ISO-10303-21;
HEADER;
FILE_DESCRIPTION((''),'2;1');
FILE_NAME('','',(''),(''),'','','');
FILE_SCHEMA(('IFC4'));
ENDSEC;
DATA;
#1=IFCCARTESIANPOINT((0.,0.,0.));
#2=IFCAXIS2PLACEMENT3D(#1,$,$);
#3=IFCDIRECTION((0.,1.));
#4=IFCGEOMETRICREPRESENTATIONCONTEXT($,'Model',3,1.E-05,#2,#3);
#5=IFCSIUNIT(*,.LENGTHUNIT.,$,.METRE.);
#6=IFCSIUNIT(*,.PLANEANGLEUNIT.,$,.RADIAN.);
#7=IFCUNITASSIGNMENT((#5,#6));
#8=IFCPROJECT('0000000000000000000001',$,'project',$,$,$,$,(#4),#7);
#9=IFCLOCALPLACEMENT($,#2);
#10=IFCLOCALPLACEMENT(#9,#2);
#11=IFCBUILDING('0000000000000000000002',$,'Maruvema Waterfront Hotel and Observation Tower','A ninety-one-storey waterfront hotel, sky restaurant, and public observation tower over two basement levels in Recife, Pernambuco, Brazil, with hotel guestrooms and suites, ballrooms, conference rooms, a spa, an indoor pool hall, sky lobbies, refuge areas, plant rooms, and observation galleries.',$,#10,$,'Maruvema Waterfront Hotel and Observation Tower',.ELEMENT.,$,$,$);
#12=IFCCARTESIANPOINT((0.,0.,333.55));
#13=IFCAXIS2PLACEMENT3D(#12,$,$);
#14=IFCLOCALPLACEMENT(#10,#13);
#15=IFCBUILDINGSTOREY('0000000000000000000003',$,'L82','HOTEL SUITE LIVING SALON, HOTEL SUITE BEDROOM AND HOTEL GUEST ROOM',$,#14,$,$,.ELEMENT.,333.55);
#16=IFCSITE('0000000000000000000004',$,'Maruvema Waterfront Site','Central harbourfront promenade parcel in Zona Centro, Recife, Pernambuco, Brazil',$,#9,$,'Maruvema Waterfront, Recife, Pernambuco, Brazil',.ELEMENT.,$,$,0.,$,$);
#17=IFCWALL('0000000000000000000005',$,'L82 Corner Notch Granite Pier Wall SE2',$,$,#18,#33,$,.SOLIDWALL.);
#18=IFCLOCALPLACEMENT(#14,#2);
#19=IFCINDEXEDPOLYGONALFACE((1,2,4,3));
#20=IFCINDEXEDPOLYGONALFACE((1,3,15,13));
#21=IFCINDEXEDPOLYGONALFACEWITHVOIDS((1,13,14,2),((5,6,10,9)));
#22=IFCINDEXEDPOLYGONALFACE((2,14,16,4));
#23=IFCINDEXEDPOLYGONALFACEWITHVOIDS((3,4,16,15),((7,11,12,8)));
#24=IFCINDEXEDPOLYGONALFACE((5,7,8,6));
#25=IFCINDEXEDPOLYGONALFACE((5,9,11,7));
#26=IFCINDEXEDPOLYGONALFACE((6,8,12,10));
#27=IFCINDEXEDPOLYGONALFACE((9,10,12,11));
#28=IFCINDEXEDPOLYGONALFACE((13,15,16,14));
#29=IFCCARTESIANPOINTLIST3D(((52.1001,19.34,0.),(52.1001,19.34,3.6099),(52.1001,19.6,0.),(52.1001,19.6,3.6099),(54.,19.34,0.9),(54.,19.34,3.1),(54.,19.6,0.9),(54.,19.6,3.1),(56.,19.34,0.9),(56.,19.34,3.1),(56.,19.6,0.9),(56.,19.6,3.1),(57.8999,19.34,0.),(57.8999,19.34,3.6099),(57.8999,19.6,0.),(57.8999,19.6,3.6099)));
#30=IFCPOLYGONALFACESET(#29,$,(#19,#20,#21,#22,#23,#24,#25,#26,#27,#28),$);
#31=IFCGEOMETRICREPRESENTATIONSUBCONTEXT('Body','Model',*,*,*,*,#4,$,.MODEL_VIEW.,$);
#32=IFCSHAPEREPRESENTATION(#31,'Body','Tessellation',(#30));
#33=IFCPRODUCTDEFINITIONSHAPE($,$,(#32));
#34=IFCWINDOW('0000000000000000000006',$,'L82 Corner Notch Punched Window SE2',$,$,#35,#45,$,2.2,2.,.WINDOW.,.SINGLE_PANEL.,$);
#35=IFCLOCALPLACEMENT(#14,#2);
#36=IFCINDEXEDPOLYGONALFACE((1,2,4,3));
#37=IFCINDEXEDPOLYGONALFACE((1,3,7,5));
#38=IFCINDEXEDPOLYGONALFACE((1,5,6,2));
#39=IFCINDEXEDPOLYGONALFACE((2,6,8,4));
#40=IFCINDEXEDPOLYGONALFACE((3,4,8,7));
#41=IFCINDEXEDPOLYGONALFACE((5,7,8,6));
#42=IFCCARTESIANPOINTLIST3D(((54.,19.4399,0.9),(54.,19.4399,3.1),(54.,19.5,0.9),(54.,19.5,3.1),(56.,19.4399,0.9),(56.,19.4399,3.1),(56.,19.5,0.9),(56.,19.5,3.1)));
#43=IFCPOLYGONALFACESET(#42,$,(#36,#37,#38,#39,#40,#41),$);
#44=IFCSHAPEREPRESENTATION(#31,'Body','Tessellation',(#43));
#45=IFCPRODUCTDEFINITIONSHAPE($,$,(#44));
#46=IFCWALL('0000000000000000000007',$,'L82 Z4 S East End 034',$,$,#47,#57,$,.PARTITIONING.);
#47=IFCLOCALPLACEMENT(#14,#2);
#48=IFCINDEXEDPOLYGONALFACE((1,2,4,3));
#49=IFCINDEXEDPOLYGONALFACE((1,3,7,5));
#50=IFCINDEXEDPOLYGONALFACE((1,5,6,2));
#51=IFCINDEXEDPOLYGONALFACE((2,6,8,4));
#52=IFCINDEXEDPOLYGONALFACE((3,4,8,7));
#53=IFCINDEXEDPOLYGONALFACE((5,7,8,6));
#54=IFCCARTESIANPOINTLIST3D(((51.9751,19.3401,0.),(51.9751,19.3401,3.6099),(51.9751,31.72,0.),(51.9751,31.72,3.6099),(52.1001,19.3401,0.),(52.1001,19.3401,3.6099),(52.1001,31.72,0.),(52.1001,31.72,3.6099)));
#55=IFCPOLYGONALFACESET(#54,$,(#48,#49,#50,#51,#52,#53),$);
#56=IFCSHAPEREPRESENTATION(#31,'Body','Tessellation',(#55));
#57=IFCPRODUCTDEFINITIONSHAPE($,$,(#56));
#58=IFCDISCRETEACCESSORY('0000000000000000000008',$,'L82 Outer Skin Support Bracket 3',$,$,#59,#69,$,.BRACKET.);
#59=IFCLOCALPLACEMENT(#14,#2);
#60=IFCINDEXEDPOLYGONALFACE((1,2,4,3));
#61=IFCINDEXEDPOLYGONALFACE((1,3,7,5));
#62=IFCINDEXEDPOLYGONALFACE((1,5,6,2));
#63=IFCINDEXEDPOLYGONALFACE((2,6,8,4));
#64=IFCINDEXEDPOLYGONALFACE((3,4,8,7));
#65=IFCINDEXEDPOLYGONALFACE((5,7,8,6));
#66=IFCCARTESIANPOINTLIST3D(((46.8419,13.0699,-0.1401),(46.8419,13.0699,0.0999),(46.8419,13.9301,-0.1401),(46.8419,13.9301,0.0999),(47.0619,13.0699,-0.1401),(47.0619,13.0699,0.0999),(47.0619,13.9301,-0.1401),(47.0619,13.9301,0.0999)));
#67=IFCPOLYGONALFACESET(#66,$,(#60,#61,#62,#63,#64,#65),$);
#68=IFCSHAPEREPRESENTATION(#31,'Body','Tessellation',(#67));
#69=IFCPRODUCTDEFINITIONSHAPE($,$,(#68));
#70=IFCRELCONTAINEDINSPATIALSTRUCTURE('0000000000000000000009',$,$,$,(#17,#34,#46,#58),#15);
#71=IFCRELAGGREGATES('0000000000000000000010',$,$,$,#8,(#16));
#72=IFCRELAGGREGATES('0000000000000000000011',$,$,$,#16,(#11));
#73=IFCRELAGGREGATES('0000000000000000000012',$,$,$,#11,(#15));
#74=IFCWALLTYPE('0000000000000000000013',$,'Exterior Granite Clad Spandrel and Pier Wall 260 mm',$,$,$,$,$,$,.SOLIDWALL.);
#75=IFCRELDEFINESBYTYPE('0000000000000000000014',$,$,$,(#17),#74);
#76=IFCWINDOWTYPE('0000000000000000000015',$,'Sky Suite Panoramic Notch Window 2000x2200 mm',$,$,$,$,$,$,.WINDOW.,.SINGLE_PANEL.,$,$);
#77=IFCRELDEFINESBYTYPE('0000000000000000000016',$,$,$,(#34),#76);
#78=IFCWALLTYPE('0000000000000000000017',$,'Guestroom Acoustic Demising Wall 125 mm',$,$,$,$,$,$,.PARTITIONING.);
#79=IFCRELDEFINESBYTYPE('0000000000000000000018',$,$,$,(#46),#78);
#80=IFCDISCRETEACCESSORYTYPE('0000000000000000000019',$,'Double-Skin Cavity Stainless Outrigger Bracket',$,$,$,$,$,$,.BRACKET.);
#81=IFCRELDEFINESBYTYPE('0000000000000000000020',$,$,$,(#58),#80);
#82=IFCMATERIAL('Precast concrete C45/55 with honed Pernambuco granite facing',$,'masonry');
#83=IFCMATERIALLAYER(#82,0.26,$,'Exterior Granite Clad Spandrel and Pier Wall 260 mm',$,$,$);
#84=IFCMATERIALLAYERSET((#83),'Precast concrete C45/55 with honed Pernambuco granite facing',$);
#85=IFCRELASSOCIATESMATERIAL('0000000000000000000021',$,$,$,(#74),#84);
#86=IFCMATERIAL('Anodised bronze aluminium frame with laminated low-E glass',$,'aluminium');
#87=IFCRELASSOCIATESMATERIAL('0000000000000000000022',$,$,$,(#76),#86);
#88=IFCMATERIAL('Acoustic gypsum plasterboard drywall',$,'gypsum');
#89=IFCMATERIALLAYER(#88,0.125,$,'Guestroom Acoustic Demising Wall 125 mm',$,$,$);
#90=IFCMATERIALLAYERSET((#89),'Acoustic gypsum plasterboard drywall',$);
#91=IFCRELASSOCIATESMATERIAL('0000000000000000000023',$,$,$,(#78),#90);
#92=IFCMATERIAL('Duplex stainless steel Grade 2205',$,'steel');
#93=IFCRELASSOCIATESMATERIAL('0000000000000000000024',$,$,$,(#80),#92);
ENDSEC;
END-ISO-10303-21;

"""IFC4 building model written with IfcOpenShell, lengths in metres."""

from ifc_helpers import new_model, si_unit, direction, frame, frame_2d, origin, origin_2d, place, context, subcontext, project, spatial, rectangle, extrude, material, layer, layer_set, type_object, element, fill, save


model = new_model("IFC4")

# Units and contexts
model_context = context("Model", 3, precision=1e-05, world=origin(), true_north=direction((0.0, 1.0)))
body_context = subcontext(model_context, "Body", "Model", "MODEL_VIEW")
ifc_project = project(units=[si_unit("LENGTHUNIT", "METRE"), si_unit("PLANEANGLEUNIT", "RADIAN")], contexts=[model_context])

# Site, building, storey
site_placement = place(None, origin())
site = spatial("IfcSite", under=ifc_project, at=site_placement, Name="Maruvema Waterfront Site", Description="Central harbourfront promenade parcel in Zona Centro, Recife, Pernambuco, Brazil", LongName="Maruvema Waterfront, Recife, Pernambuco, Brazil", CompositionType="ELEMENT", RefElevation=0.0)
building_placement = place(site_placement, origin())
building = spatial("IfcBuilding", under=site, at=building_placement, Name="Maruvema Waterfront Hotel and Observation Tower", Description="A ninety-one-storey waterfront hotel, sky restaurant, and public observation tower over two basement levels in Recife, Pernambuco, Brazil, with hotel guestrooms and suites, ballrooms, conference rooms, a spa, an indoor pool hall, sky lobbies, refuge areas, plant rooms, and observation galleries.", LongName="Maruvema Waterfront Hotel and Observation Tower", CompositionType="ELEMENT")
storey_placement = place(building_placement, frame((0.0, 0.0, 333.55)))
storey = spatial("IfcBuildingStorey", under=building, at=storey_placement, Name="L82", Description="HOTEL SUITE LIVING SALON, HOTEL SUITE BEDROOM AND HOTEL GUEST ROOM", CompositionType="ELEMENT", Elevation=333.55)

# Shared definitions
ifc_material_1 = material(Name="Precast concrete C45/55 with honed Pernambuco granite facing", Category="masonry")
ifc_layer_1 = layer(ifc_material_1, 0.26, Name="Exterior Granite Clad Spandrel and Pier Wall 260 mm")
ifc_layer_set_1 = layer_set([ifc_layer_1], Name="Precast concrete C45/55 with honed Pernambuco granite facing")
wall_type_1 = type_object("IfcWallType", Name="Exterior Granite Clad Spandrel and Pier Wall 260 mm", PredefinedType="SOLIDWALL", material=ifc_layer_set_1)

# Wall, opening, window
wall_1_placement = place(storey_placement, frame((57.8999, 19.47, 0.0), z_axis=(0.0, 0.0, 1.0), x_axis=(-1.0, 0.0, 0.0)))
wall_1 = element("IfcWall", 1, at=wall_1_placement, inside=storey, type_object=wall_type_1, Name="L82 Corner Notch Granite Pier Wall SE2", PredefinedType="SOLIDWALL", context=body_context, shape_type="SweptSolid", body=[
    extrude(rectangle(XDim=5.7998, YDim=0.26, at=frame_2d((2.8999, 0.0))), origin(), (0.0, 0.0, 1.0), 3.6099),
])
opening_1_placement = place(wall_1_placement, frame((1.8999, 0.0, 0.8999)))
opening_1 = element("IfcOpeningElement", 2, at=opening_1_placement, cuts=wall_1, PredefinedType="OPENING", context=body_context, shape_type="SweptSolid", body=[
    extrude(rectangle(XDim=2.0, YDim=2.2, at=frame_2d((1.0, 1.1001))), frame((0.0, 0.1401, 0.0), z_axis=(0.0, -1.0, 0.0), x_axis=(1.0, 0.0, 0.0)), (0.0, 0.0, 1.0), 0.28),
])
ifc_material_2 = material(Name="Anodised bronze aluminium frame with laminated low-E glass", Category="aluminium")
window_type = type_object("IfcWindowType", Name="Sky Suite Panoramic Notch Window 2000x2200 mm", PartitioningType="SINGLE_PANEL", PredefinedType="WINDOW", material=ifc_material_2)
window_placement = place(opening_1_placement, origin())
window = element("IfcWindow", 3, at=window_placement, inside=storey, type_object=window_type, Name="L82 Corner Notch Punched Window SE2", OverallHeight=2.2, OverallWidth=2.0, PartitioningType="SINGLE_PANEL", PredefinedType="WINDOW", context=body_context, shape_type="SweptSolid", body=[
    extrude(rectangle(XDim=2.0, YDim=2.2, at=frame_2d((1.0, 1.1001))), frame((0.0, 0.03, 0.0), z_axis=(0.0, -1.0, 0.0), x_axis=(1.0, 0.0, 0.0)), (0.0, 0.0, 1.0), 0.0601),
])
fill(opening_1, window)

# Wall
ifc_material_3 = material(Name="Acoustic gypsum plasterboard drywall", Category="gypsum")
ifc_layer_2 = layer(ifc_material_3, 0.125, Name="Guestroom Acoustic Demising Wall 125 mm")
ifc_layer_set_2 = layer_set([ifc_layer_2], Name="Acoustic gypsum plasterboard drywall")
wall_type_2 = type_object("IfcWallType", Name="Guestroom Acoustic Demising Wall 125 mm", PredefinedType="PARTITIONING", material=ifc_layer_set_2)
wall_2_placement = place(storey_placement, frame((52.0376, 19.3401, 0.0), z_axis=(0.0, 0.0, 1.0), x_axis=(0.0, 1.0, 0.0)))
element("IfcWall", 4, at=wall_2_placement, inside=storey, type_object=wall_type_2, Name="L82 Z4 S East End 034", PredefinedType="PARTITIONING", context=body_context, shape_type="SweptSolid", body=[
    extrude(rectangle(XDim=12.3799, YDim=0.125, at=frame_2d((6.1899, 0.0))), origin(), (0.0, 0.0, 1.0), 3.6099),
])

# Discrete accessory
ifc_material_4 = material(Name="Duplex stainless steel Grade 2205", Category="steel")
discrete_accessory_type = type_object("IfcDiscreteAccessoryType", Name="Double-Skin Cavity Stainless Outrigger Bracket", PredefinedType="BRACKET", material=ifc_material_4)
discrete_accessory_placement = place(storey_placement, frame((46.9519, 13.5, -0.1401), z_axis=(0.0, 0.0, 1.0), x_axis=(1.0, 0.0, 0.0)))
element("IfcDiscreteAccessory", 5, at=discrete_accessory_placement, inside=storey, type_object=discrete_accessory_type, Name="L82 Outer Skin Support Bracket 3", PredefinedType="BRACKET", context=body_context, shape_type="SweptSolid", body=[
    extrude(rectangle(XDim=0.22, YDim=0.8601, at=origin_2d()), origin(), (0.0, 0.0, 1.0), 0.24),
])

save(model, "model.ifc")
